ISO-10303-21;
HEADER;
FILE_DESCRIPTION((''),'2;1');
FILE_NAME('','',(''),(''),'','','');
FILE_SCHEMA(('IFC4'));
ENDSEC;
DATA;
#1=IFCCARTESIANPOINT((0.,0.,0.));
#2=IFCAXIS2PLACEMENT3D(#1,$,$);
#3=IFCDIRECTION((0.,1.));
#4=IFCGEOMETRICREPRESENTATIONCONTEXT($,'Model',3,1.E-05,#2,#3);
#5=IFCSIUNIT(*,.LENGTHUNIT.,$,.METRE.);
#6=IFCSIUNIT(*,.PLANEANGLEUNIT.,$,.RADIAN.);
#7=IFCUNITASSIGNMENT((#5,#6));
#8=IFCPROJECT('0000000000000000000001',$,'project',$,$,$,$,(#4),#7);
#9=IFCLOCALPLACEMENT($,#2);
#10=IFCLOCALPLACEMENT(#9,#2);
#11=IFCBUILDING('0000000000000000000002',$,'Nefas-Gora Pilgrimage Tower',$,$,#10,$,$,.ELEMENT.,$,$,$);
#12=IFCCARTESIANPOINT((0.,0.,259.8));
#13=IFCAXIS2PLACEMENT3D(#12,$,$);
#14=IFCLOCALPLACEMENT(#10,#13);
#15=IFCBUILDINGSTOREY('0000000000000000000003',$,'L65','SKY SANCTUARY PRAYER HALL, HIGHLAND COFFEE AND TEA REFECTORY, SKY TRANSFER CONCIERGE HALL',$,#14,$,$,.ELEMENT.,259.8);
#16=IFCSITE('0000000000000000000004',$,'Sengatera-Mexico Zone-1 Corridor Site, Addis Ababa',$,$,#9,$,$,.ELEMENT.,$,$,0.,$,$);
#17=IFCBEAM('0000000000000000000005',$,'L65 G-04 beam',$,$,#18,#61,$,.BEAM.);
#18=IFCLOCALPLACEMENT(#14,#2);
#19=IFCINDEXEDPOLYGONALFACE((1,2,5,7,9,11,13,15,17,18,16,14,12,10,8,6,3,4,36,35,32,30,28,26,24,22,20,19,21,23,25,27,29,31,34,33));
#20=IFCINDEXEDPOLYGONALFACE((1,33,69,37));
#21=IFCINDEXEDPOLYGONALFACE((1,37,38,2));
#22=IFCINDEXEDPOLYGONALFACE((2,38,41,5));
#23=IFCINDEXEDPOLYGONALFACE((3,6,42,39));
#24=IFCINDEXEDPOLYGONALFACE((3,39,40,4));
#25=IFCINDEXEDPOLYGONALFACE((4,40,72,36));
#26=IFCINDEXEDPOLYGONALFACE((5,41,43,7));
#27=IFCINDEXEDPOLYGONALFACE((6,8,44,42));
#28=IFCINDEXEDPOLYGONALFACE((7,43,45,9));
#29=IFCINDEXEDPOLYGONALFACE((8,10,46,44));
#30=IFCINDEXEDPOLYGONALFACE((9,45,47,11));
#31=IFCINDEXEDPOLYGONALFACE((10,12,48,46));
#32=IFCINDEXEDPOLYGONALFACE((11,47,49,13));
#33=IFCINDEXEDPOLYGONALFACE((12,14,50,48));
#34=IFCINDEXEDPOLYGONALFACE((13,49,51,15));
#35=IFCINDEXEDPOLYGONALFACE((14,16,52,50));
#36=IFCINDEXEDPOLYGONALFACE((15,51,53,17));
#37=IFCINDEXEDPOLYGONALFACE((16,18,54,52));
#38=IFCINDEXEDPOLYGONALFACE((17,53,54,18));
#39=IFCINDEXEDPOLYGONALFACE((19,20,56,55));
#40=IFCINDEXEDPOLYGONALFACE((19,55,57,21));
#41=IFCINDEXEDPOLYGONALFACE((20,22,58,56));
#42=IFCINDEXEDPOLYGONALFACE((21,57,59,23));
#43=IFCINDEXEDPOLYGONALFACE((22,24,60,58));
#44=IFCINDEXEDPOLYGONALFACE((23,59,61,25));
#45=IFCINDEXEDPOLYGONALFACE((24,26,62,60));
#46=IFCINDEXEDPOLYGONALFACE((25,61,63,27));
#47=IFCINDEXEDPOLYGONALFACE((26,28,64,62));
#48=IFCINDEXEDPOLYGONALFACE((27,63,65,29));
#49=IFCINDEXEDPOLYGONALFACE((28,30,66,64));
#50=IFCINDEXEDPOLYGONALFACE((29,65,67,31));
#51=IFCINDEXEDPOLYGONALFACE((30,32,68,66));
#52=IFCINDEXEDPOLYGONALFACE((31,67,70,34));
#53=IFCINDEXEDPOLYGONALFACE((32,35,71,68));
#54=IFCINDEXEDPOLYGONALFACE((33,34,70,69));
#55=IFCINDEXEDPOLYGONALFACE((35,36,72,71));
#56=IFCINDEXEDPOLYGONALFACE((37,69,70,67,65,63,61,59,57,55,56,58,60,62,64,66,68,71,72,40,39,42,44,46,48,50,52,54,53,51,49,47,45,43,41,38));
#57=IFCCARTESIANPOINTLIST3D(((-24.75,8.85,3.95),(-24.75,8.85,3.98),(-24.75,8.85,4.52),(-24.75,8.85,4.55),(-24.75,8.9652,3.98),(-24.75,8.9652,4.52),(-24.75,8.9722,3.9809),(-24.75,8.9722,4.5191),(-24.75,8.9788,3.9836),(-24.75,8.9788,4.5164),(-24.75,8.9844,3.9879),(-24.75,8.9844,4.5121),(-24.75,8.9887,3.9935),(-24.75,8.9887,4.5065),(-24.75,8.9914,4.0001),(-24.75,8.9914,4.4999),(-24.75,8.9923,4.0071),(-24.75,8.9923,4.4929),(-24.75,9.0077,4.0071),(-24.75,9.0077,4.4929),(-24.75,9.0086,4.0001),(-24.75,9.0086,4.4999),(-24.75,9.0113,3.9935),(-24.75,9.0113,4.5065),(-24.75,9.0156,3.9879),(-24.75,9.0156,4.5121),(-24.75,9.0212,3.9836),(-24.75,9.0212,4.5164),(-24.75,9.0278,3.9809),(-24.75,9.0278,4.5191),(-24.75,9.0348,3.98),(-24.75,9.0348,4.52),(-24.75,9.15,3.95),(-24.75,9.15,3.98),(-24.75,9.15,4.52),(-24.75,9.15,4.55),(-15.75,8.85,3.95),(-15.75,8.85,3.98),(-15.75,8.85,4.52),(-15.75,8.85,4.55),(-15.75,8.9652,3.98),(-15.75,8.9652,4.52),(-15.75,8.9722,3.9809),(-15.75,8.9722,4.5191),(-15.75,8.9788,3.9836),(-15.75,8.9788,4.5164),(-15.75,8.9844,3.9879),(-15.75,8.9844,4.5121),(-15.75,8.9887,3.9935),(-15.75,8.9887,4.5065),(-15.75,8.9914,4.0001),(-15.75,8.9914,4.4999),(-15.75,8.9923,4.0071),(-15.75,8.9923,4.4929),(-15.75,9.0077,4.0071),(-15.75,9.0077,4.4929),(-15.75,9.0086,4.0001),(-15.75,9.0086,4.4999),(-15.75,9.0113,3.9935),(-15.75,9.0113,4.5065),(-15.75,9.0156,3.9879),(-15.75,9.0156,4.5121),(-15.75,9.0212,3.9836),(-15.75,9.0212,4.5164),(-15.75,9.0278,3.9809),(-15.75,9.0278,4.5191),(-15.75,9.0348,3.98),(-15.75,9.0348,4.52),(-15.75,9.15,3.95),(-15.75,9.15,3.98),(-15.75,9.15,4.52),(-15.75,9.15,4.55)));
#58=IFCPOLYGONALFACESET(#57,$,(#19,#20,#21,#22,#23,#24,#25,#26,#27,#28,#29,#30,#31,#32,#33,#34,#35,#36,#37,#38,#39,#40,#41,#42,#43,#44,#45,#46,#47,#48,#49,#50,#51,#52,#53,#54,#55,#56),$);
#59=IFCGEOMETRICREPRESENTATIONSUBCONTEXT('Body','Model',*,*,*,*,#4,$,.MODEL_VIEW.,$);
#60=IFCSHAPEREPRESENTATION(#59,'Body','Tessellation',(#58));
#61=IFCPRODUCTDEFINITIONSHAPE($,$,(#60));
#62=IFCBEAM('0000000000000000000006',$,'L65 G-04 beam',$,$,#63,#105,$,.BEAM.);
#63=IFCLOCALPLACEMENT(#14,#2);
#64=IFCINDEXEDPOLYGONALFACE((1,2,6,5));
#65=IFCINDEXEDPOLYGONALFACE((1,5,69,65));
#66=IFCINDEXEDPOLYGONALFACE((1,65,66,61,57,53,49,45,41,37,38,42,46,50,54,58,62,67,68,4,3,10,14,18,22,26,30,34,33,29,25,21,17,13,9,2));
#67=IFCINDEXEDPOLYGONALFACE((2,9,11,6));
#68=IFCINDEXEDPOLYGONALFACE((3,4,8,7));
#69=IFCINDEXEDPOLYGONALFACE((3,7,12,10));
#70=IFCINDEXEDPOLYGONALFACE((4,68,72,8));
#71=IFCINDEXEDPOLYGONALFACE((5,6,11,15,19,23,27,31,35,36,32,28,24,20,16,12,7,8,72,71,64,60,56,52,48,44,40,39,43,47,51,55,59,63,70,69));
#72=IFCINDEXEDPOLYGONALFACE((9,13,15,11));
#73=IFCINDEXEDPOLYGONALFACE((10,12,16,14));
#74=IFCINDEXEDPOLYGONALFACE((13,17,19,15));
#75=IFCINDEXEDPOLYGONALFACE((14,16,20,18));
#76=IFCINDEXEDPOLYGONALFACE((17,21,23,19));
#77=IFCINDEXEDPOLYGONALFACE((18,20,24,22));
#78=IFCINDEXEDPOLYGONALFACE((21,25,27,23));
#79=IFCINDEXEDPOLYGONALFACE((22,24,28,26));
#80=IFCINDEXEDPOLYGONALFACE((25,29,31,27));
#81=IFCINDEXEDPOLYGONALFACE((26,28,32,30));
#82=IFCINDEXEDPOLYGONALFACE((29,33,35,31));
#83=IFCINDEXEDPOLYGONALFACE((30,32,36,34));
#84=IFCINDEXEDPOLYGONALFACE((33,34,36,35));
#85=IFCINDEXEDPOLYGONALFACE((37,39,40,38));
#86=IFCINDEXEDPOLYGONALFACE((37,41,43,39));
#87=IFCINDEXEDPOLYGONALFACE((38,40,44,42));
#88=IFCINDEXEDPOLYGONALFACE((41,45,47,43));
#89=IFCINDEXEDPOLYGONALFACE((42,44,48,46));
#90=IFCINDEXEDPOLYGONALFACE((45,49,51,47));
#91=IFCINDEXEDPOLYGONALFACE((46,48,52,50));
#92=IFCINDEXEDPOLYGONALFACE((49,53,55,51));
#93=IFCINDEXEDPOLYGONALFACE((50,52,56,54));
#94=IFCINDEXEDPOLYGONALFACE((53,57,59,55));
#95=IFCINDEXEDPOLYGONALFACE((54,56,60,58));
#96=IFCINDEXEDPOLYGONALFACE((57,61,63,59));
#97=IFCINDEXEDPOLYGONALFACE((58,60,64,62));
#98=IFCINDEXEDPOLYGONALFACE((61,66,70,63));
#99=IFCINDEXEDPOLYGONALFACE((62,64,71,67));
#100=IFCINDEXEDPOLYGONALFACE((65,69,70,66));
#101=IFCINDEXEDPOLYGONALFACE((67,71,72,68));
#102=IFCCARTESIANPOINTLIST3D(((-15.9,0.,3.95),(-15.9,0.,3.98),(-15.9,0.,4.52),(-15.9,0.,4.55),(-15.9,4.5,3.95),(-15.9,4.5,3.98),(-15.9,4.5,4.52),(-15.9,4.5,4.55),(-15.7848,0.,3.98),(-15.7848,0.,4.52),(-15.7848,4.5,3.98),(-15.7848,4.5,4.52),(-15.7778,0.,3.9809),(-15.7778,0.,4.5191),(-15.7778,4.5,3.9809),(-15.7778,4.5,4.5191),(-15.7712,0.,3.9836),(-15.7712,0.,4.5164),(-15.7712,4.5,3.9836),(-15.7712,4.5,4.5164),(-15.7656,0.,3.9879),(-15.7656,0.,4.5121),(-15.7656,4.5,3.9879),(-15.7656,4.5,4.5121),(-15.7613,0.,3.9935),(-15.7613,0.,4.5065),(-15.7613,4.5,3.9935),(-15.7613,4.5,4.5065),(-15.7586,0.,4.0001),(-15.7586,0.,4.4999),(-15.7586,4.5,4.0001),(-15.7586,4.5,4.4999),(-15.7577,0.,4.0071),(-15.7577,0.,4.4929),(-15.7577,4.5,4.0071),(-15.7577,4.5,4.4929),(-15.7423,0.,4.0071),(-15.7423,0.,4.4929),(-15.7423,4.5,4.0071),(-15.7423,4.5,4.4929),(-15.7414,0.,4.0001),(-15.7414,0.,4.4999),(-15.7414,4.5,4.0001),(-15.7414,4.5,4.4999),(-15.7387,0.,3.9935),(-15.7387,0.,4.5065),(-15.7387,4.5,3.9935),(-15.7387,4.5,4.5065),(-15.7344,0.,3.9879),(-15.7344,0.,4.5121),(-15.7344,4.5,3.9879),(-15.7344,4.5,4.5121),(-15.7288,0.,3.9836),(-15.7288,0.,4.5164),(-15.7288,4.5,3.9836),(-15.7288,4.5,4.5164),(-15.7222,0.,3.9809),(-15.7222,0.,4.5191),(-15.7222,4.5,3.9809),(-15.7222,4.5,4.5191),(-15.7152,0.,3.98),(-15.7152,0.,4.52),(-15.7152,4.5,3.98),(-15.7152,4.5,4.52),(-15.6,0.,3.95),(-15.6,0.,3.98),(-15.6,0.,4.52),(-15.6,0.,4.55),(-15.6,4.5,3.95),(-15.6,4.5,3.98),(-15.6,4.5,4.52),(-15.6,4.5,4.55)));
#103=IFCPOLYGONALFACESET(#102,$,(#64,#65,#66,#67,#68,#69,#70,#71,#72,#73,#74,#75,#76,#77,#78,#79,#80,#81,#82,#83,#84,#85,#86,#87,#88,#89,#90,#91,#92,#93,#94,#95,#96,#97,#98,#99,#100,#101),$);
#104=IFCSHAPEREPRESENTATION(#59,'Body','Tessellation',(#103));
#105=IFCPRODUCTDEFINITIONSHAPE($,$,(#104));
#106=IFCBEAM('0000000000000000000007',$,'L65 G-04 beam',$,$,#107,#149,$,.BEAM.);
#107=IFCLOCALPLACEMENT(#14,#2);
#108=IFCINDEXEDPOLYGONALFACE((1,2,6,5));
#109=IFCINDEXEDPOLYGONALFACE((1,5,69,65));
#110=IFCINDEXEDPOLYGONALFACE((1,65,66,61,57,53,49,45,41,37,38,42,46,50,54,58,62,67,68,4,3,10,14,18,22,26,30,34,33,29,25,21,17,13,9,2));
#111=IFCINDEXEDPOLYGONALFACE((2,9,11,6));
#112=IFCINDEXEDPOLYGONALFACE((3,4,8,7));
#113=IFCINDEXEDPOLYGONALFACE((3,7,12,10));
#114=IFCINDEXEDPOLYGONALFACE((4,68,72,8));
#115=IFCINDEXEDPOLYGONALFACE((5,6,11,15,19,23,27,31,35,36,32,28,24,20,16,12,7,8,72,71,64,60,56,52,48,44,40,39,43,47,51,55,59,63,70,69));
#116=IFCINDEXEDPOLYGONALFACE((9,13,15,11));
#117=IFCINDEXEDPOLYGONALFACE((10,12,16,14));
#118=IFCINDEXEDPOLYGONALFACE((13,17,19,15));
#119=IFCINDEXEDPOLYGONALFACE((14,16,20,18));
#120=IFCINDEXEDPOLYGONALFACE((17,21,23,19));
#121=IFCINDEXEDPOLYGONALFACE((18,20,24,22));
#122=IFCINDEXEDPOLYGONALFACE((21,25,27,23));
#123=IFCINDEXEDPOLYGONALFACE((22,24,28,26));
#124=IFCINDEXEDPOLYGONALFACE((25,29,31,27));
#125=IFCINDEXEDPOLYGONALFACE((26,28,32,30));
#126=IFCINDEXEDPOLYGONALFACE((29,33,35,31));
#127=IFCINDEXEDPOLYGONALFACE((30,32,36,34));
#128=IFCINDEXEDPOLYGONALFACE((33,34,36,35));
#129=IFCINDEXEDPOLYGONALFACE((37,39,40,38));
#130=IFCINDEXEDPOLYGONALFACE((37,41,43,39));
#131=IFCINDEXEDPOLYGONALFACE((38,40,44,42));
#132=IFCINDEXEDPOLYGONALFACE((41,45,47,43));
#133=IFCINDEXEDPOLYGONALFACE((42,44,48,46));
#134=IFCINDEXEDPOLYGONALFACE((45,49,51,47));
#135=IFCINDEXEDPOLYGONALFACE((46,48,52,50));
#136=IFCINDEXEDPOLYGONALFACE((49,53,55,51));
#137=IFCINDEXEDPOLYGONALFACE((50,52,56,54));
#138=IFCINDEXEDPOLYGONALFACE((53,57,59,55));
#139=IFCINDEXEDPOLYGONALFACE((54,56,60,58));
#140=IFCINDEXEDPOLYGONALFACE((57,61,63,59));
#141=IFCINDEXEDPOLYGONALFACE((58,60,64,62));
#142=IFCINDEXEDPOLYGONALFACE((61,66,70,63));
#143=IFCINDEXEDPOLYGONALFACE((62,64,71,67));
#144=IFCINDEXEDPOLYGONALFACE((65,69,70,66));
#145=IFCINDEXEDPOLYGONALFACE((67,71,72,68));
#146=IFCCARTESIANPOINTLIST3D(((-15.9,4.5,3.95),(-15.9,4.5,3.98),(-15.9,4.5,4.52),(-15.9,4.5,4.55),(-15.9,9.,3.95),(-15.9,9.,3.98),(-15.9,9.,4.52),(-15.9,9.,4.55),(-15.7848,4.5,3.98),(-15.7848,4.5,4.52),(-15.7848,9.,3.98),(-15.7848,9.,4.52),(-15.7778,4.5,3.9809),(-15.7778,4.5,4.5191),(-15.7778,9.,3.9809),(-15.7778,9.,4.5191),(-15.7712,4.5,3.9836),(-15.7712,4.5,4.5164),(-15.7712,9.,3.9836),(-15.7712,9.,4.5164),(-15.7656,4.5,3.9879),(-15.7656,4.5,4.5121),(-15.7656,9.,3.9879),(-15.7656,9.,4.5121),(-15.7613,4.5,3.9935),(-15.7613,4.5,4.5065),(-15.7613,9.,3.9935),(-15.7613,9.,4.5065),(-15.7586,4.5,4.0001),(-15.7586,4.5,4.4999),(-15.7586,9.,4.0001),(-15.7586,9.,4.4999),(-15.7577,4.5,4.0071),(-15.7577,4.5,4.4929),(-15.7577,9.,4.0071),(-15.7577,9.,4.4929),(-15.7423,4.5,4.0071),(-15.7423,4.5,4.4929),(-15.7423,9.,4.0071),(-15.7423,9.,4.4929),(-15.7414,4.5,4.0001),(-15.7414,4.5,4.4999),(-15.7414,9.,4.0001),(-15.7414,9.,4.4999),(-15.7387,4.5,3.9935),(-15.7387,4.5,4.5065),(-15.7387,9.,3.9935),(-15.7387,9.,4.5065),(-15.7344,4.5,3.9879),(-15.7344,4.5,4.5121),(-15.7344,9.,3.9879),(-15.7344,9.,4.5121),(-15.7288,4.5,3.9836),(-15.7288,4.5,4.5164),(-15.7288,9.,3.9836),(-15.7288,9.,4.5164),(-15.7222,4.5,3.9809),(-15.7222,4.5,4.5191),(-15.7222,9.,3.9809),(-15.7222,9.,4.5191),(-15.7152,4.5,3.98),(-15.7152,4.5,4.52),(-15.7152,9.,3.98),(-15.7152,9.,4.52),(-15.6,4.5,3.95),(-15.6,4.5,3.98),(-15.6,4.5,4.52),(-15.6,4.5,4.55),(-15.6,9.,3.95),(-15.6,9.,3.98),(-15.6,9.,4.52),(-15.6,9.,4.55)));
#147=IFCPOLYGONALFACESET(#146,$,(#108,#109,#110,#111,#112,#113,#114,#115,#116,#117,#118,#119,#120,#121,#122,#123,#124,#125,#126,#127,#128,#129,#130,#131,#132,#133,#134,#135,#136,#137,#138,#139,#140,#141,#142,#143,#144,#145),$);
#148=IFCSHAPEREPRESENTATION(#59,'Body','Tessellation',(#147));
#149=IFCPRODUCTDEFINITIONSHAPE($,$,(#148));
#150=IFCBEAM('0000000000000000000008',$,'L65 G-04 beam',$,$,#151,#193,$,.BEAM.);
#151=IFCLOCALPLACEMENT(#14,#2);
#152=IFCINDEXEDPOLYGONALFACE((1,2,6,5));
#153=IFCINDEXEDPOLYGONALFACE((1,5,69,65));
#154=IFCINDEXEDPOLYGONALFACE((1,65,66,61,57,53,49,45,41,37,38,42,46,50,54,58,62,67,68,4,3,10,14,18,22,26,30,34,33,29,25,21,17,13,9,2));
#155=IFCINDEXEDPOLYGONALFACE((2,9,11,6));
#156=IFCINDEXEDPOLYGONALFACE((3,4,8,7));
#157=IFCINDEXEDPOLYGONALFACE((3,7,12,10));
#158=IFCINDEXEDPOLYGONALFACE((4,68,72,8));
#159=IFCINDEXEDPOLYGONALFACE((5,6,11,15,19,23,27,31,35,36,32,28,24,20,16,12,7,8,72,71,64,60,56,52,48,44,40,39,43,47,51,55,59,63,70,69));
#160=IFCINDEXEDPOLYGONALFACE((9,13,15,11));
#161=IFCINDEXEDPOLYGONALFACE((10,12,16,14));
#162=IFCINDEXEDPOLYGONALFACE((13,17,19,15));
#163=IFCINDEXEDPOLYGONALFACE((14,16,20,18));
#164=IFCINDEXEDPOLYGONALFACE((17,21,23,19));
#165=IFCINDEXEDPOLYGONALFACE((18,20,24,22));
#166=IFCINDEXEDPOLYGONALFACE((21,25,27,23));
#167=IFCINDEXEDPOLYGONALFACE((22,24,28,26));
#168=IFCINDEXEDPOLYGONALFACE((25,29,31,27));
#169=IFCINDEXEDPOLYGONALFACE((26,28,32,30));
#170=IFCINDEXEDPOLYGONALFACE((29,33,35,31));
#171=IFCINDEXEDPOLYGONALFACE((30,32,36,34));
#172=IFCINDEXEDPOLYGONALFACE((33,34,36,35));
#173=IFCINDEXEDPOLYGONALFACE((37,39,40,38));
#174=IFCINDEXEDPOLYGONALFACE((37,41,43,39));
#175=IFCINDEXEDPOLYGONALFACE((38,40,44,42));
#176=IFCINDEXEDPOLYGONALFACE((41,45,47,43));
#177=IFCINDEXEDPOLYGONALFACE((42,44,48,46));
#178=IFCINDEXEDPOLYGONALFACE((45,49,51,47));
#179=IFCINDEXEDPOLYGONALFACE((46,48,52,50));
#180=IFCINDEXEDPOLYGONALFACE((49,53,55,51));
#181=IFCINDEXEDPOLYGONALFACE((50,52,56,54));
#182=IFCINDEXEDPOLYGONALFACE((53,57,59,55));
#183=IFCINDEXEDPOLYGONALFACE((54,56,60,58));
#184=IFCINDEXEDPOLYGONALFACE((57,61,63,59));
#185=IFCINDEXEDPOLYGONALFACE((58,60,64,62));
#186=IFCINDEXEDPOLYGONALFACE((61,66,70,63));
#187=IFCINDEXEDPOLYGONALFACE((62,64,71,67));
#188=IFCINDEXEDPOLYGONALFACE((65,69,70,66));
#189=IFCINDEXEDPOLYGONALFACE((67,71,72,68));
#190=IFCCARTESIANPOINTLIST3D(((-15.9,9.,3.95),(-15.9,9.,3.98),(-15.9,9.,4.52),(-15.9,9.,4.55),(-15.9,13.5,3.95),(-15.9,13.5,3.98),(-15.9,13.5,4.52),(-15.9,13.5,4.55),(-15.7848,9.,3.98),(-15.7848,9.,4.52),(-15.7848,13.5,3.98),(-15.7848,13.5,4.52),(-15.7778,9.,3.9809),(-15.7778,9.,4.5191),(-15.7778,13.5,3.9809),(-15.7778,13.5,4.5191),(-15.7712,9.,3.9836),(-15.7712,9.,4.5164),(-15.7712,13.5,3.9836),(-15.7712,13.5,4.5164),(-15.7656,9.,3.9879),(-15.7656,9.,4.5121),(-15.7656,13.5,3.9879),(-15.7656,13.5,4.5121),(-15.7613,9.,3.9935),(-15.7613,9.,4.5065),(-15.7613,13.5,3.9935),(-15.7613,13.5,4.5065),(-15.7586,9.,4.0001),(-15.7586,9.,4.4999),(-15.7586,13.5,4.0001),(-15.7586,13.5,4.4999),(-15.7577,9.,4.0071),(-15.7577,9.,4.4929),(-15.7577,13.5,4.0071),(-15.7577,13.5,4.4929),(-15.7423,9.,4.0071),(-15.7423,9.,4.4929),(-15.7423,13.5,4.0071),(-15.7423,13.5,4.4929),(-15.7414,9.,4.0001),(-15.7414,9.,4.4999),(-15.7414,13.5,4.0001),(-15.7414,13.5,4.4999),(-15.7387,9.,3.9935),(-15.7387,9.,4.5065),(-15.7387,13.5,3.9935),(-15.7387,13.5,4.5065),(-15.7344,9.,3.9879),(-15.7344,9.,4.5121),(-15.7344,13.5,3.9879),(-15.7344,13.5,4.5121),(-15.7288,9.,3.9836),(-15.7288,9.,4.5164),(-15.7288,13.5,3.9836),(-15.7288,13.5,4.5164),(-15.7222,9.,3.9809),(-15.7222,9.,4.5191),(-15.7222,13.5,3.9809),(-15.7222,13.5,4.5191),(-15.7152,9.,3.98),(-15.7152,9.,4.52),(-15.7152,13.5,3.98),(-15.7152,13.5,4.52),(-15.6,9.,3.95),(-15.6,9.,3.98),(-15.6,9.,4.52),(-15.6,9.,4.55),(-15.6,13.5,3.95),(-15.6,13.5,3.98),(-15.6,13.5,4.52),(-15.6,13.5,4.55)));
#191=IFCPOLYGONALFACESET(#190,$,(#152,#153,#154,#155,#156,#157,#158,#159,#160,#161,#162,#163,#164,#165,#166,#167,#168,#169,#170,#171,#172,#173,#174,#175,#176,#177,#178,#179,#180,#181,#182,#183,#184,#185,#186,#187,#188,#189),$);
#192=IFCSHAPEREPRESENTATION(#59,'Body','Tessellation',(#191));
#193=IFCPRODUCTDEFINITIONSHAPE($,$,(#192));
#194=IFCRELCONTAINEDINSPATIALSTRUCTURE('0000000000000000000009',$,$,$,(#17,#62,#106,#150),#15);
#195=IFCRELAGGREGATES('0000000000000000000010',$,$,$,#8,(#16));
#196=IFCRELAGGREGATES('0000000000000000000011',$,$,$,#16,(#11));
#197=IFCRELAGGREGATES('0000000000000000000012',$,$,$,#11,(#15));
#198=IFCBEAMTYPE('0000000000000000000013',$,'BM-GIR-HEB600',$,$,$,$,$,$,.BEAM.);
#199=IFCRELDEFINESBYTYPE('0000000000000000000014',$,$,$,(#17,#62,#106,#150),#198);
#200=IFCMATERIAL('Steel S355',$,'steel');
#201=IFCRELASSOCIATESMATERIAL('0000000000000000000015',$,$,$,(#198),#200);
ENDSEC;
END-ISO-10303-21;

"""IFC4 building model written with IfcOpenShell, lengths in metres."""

from ifc_helpers import new_model, si_unit, direction, frame, origin, origin_2d, place, context, subcontext, project, spatial, i_section, extrude, source, transform, mapped, material, material_profile, profile_set, type_object, element, save


model = new_model("IFC4")

# Units and contexts
model_context = context("Model", 3, precision=1e-05, world=origin(), true_north=direction((0.0, 1.0)))
body_context = subcontext(model_context, "Body", "Model", "MODEL_VIEW")
ifc_project = project(units=[si_unit("LENGTHUNIT", "METRE"), si_unit("PLANEANGLEUNIT", "RADIAN")], contexts=[model_context])

# Site, building, storey
site_placement = place(None, origin())
site = spatial("IfcSite", under=ifc_project, at=site_placement, Name="Sengatera-Mexico Zone-1 Corridor Site, Addis Ababa", CompositionType="ELEMENT", RefElevation=0.0)
building_placement = place(site_placement, origin())
building = spatial("IfcBuilding", under=site, at=building_placement, Name="Nefas-Gora Pilgrimage Tower", CompositionType="ELEMENT")
storey_placement = place(building_placement, frame((0.0, 0.0, 259.8)))
storey = spatial("IfcBuildingStorey", under=building, at=storey_placement, Name="L65", Description="SKY SANCTUARY PRAYER HALL, HIGHLAND COFFEE AND TEA REFECTORY, SKY TRANSFER CONCIERGE HALL", CompositionType="ELEMENT", Elevation=259.8)

# Beams
ifc_material_1 = material(Name="Steel S355", Category="steel")
ifc_material_profile_1 = material_profile(ifc_material_1, i_section(OverallWidth=0.3, OverallDepth=0.6001, WebThickness=0.0154, FlangeThickness=0.03, FilletRadius=0.0271, at=origin_2d()), Name="HEB 600")
ifc_profile_set_1 = profile_set([ifc_material_profile_1], Name="Steel S355")
beam_type_1 = type_object("IfcBeamType", Name="BM-GIR-HEB600", PredefinedType="BEAM", material=ifc_profile_set_1)
shared_shape_1 = source(origin(), body_context, "Body", "SweptSolid", [
    extrude(i_section(OverallWidth=0.3, OverallDepth=0.6001, WebThickness=0.0154, FlangeThickness=0.03, FilletRadius=0.0271, at=origin_2d()), origin(), (0.0, 0.0, 1.0), 9.0),
])
for number, where, z_axis, x_axis, name in (
    (1, (-24.75, 9.0, 4.25), (1.0, 0.0, 0.0), (0.0, 1.0, 0.0), "L65 G-04 beam"),
):
    element("IfcBeam", number, at=place(storey_placement, frame(where, z_axis=z_axis, x_axis=x_axis)), inside=storey, type_object=beam_type_1, Name=name, PredefinedType="BEAM", context=body_context, shape_type="MappedRepresentation", body=[
        mapped(shared_shape_1, transform((0.0, 0.0, 0.0), x_axis=(1.0, 0.0, 0.0), y_axis=(0.0, 1.0, 0.0), z_axis=(0.0, 0.0, 1.0), scale=1.0)),
    ])
shared_shape_2 = source(origin(), body_context, "Body", "SweptSolid", [
    extrude(i_section(OverallWidth=0.3, OverallDepth=0.6001, WebThickness=0.0154, FlangeThickness=0.03, FilletRadius=0.0271, at=origin_2d()), origin(), (0.0, 0.0, 1.0), 4.5),
])
for number, where, z_axis, x_axis, name in (
    (2, (-15.75, 0.0, 4.25), (0.0, 1.0, 0.0), (-1.0, 0.0, 0.0), "L65 G-04 beam"),
    (3, (-15.75, 4.5, 4.25), (0.0, 1.0, 0.0), (-1.0, 0.0, 0.0), "L65 G-04 beam"),
    (4, (-15.75, 9.0, 4.25), (0.0, 1.0, 0.0), (-1.0, 0.0, 0.0), "L65 G-04 beam"),
):
    element("IfcBeam", number, at=place(storey_placement, frame(where, z_axis=z_axis, x_axis=x_axis)), inside=storey, type_object=beam_type_1, Name=name, PredefinedType="BEAM", context=body_context, shape_type="MappedRepresentation", body=[
        mapped(shared_shape_2, transform((0.0, 0.0, 0.0), x_axis=(1.0, 0.0, 0.0), y_axis=(0.0, 1.0, 0.0), z_axis=(0.0, 0.0, 1.0), scale=1.0)),
    ])

save(model, "model.ifc")
